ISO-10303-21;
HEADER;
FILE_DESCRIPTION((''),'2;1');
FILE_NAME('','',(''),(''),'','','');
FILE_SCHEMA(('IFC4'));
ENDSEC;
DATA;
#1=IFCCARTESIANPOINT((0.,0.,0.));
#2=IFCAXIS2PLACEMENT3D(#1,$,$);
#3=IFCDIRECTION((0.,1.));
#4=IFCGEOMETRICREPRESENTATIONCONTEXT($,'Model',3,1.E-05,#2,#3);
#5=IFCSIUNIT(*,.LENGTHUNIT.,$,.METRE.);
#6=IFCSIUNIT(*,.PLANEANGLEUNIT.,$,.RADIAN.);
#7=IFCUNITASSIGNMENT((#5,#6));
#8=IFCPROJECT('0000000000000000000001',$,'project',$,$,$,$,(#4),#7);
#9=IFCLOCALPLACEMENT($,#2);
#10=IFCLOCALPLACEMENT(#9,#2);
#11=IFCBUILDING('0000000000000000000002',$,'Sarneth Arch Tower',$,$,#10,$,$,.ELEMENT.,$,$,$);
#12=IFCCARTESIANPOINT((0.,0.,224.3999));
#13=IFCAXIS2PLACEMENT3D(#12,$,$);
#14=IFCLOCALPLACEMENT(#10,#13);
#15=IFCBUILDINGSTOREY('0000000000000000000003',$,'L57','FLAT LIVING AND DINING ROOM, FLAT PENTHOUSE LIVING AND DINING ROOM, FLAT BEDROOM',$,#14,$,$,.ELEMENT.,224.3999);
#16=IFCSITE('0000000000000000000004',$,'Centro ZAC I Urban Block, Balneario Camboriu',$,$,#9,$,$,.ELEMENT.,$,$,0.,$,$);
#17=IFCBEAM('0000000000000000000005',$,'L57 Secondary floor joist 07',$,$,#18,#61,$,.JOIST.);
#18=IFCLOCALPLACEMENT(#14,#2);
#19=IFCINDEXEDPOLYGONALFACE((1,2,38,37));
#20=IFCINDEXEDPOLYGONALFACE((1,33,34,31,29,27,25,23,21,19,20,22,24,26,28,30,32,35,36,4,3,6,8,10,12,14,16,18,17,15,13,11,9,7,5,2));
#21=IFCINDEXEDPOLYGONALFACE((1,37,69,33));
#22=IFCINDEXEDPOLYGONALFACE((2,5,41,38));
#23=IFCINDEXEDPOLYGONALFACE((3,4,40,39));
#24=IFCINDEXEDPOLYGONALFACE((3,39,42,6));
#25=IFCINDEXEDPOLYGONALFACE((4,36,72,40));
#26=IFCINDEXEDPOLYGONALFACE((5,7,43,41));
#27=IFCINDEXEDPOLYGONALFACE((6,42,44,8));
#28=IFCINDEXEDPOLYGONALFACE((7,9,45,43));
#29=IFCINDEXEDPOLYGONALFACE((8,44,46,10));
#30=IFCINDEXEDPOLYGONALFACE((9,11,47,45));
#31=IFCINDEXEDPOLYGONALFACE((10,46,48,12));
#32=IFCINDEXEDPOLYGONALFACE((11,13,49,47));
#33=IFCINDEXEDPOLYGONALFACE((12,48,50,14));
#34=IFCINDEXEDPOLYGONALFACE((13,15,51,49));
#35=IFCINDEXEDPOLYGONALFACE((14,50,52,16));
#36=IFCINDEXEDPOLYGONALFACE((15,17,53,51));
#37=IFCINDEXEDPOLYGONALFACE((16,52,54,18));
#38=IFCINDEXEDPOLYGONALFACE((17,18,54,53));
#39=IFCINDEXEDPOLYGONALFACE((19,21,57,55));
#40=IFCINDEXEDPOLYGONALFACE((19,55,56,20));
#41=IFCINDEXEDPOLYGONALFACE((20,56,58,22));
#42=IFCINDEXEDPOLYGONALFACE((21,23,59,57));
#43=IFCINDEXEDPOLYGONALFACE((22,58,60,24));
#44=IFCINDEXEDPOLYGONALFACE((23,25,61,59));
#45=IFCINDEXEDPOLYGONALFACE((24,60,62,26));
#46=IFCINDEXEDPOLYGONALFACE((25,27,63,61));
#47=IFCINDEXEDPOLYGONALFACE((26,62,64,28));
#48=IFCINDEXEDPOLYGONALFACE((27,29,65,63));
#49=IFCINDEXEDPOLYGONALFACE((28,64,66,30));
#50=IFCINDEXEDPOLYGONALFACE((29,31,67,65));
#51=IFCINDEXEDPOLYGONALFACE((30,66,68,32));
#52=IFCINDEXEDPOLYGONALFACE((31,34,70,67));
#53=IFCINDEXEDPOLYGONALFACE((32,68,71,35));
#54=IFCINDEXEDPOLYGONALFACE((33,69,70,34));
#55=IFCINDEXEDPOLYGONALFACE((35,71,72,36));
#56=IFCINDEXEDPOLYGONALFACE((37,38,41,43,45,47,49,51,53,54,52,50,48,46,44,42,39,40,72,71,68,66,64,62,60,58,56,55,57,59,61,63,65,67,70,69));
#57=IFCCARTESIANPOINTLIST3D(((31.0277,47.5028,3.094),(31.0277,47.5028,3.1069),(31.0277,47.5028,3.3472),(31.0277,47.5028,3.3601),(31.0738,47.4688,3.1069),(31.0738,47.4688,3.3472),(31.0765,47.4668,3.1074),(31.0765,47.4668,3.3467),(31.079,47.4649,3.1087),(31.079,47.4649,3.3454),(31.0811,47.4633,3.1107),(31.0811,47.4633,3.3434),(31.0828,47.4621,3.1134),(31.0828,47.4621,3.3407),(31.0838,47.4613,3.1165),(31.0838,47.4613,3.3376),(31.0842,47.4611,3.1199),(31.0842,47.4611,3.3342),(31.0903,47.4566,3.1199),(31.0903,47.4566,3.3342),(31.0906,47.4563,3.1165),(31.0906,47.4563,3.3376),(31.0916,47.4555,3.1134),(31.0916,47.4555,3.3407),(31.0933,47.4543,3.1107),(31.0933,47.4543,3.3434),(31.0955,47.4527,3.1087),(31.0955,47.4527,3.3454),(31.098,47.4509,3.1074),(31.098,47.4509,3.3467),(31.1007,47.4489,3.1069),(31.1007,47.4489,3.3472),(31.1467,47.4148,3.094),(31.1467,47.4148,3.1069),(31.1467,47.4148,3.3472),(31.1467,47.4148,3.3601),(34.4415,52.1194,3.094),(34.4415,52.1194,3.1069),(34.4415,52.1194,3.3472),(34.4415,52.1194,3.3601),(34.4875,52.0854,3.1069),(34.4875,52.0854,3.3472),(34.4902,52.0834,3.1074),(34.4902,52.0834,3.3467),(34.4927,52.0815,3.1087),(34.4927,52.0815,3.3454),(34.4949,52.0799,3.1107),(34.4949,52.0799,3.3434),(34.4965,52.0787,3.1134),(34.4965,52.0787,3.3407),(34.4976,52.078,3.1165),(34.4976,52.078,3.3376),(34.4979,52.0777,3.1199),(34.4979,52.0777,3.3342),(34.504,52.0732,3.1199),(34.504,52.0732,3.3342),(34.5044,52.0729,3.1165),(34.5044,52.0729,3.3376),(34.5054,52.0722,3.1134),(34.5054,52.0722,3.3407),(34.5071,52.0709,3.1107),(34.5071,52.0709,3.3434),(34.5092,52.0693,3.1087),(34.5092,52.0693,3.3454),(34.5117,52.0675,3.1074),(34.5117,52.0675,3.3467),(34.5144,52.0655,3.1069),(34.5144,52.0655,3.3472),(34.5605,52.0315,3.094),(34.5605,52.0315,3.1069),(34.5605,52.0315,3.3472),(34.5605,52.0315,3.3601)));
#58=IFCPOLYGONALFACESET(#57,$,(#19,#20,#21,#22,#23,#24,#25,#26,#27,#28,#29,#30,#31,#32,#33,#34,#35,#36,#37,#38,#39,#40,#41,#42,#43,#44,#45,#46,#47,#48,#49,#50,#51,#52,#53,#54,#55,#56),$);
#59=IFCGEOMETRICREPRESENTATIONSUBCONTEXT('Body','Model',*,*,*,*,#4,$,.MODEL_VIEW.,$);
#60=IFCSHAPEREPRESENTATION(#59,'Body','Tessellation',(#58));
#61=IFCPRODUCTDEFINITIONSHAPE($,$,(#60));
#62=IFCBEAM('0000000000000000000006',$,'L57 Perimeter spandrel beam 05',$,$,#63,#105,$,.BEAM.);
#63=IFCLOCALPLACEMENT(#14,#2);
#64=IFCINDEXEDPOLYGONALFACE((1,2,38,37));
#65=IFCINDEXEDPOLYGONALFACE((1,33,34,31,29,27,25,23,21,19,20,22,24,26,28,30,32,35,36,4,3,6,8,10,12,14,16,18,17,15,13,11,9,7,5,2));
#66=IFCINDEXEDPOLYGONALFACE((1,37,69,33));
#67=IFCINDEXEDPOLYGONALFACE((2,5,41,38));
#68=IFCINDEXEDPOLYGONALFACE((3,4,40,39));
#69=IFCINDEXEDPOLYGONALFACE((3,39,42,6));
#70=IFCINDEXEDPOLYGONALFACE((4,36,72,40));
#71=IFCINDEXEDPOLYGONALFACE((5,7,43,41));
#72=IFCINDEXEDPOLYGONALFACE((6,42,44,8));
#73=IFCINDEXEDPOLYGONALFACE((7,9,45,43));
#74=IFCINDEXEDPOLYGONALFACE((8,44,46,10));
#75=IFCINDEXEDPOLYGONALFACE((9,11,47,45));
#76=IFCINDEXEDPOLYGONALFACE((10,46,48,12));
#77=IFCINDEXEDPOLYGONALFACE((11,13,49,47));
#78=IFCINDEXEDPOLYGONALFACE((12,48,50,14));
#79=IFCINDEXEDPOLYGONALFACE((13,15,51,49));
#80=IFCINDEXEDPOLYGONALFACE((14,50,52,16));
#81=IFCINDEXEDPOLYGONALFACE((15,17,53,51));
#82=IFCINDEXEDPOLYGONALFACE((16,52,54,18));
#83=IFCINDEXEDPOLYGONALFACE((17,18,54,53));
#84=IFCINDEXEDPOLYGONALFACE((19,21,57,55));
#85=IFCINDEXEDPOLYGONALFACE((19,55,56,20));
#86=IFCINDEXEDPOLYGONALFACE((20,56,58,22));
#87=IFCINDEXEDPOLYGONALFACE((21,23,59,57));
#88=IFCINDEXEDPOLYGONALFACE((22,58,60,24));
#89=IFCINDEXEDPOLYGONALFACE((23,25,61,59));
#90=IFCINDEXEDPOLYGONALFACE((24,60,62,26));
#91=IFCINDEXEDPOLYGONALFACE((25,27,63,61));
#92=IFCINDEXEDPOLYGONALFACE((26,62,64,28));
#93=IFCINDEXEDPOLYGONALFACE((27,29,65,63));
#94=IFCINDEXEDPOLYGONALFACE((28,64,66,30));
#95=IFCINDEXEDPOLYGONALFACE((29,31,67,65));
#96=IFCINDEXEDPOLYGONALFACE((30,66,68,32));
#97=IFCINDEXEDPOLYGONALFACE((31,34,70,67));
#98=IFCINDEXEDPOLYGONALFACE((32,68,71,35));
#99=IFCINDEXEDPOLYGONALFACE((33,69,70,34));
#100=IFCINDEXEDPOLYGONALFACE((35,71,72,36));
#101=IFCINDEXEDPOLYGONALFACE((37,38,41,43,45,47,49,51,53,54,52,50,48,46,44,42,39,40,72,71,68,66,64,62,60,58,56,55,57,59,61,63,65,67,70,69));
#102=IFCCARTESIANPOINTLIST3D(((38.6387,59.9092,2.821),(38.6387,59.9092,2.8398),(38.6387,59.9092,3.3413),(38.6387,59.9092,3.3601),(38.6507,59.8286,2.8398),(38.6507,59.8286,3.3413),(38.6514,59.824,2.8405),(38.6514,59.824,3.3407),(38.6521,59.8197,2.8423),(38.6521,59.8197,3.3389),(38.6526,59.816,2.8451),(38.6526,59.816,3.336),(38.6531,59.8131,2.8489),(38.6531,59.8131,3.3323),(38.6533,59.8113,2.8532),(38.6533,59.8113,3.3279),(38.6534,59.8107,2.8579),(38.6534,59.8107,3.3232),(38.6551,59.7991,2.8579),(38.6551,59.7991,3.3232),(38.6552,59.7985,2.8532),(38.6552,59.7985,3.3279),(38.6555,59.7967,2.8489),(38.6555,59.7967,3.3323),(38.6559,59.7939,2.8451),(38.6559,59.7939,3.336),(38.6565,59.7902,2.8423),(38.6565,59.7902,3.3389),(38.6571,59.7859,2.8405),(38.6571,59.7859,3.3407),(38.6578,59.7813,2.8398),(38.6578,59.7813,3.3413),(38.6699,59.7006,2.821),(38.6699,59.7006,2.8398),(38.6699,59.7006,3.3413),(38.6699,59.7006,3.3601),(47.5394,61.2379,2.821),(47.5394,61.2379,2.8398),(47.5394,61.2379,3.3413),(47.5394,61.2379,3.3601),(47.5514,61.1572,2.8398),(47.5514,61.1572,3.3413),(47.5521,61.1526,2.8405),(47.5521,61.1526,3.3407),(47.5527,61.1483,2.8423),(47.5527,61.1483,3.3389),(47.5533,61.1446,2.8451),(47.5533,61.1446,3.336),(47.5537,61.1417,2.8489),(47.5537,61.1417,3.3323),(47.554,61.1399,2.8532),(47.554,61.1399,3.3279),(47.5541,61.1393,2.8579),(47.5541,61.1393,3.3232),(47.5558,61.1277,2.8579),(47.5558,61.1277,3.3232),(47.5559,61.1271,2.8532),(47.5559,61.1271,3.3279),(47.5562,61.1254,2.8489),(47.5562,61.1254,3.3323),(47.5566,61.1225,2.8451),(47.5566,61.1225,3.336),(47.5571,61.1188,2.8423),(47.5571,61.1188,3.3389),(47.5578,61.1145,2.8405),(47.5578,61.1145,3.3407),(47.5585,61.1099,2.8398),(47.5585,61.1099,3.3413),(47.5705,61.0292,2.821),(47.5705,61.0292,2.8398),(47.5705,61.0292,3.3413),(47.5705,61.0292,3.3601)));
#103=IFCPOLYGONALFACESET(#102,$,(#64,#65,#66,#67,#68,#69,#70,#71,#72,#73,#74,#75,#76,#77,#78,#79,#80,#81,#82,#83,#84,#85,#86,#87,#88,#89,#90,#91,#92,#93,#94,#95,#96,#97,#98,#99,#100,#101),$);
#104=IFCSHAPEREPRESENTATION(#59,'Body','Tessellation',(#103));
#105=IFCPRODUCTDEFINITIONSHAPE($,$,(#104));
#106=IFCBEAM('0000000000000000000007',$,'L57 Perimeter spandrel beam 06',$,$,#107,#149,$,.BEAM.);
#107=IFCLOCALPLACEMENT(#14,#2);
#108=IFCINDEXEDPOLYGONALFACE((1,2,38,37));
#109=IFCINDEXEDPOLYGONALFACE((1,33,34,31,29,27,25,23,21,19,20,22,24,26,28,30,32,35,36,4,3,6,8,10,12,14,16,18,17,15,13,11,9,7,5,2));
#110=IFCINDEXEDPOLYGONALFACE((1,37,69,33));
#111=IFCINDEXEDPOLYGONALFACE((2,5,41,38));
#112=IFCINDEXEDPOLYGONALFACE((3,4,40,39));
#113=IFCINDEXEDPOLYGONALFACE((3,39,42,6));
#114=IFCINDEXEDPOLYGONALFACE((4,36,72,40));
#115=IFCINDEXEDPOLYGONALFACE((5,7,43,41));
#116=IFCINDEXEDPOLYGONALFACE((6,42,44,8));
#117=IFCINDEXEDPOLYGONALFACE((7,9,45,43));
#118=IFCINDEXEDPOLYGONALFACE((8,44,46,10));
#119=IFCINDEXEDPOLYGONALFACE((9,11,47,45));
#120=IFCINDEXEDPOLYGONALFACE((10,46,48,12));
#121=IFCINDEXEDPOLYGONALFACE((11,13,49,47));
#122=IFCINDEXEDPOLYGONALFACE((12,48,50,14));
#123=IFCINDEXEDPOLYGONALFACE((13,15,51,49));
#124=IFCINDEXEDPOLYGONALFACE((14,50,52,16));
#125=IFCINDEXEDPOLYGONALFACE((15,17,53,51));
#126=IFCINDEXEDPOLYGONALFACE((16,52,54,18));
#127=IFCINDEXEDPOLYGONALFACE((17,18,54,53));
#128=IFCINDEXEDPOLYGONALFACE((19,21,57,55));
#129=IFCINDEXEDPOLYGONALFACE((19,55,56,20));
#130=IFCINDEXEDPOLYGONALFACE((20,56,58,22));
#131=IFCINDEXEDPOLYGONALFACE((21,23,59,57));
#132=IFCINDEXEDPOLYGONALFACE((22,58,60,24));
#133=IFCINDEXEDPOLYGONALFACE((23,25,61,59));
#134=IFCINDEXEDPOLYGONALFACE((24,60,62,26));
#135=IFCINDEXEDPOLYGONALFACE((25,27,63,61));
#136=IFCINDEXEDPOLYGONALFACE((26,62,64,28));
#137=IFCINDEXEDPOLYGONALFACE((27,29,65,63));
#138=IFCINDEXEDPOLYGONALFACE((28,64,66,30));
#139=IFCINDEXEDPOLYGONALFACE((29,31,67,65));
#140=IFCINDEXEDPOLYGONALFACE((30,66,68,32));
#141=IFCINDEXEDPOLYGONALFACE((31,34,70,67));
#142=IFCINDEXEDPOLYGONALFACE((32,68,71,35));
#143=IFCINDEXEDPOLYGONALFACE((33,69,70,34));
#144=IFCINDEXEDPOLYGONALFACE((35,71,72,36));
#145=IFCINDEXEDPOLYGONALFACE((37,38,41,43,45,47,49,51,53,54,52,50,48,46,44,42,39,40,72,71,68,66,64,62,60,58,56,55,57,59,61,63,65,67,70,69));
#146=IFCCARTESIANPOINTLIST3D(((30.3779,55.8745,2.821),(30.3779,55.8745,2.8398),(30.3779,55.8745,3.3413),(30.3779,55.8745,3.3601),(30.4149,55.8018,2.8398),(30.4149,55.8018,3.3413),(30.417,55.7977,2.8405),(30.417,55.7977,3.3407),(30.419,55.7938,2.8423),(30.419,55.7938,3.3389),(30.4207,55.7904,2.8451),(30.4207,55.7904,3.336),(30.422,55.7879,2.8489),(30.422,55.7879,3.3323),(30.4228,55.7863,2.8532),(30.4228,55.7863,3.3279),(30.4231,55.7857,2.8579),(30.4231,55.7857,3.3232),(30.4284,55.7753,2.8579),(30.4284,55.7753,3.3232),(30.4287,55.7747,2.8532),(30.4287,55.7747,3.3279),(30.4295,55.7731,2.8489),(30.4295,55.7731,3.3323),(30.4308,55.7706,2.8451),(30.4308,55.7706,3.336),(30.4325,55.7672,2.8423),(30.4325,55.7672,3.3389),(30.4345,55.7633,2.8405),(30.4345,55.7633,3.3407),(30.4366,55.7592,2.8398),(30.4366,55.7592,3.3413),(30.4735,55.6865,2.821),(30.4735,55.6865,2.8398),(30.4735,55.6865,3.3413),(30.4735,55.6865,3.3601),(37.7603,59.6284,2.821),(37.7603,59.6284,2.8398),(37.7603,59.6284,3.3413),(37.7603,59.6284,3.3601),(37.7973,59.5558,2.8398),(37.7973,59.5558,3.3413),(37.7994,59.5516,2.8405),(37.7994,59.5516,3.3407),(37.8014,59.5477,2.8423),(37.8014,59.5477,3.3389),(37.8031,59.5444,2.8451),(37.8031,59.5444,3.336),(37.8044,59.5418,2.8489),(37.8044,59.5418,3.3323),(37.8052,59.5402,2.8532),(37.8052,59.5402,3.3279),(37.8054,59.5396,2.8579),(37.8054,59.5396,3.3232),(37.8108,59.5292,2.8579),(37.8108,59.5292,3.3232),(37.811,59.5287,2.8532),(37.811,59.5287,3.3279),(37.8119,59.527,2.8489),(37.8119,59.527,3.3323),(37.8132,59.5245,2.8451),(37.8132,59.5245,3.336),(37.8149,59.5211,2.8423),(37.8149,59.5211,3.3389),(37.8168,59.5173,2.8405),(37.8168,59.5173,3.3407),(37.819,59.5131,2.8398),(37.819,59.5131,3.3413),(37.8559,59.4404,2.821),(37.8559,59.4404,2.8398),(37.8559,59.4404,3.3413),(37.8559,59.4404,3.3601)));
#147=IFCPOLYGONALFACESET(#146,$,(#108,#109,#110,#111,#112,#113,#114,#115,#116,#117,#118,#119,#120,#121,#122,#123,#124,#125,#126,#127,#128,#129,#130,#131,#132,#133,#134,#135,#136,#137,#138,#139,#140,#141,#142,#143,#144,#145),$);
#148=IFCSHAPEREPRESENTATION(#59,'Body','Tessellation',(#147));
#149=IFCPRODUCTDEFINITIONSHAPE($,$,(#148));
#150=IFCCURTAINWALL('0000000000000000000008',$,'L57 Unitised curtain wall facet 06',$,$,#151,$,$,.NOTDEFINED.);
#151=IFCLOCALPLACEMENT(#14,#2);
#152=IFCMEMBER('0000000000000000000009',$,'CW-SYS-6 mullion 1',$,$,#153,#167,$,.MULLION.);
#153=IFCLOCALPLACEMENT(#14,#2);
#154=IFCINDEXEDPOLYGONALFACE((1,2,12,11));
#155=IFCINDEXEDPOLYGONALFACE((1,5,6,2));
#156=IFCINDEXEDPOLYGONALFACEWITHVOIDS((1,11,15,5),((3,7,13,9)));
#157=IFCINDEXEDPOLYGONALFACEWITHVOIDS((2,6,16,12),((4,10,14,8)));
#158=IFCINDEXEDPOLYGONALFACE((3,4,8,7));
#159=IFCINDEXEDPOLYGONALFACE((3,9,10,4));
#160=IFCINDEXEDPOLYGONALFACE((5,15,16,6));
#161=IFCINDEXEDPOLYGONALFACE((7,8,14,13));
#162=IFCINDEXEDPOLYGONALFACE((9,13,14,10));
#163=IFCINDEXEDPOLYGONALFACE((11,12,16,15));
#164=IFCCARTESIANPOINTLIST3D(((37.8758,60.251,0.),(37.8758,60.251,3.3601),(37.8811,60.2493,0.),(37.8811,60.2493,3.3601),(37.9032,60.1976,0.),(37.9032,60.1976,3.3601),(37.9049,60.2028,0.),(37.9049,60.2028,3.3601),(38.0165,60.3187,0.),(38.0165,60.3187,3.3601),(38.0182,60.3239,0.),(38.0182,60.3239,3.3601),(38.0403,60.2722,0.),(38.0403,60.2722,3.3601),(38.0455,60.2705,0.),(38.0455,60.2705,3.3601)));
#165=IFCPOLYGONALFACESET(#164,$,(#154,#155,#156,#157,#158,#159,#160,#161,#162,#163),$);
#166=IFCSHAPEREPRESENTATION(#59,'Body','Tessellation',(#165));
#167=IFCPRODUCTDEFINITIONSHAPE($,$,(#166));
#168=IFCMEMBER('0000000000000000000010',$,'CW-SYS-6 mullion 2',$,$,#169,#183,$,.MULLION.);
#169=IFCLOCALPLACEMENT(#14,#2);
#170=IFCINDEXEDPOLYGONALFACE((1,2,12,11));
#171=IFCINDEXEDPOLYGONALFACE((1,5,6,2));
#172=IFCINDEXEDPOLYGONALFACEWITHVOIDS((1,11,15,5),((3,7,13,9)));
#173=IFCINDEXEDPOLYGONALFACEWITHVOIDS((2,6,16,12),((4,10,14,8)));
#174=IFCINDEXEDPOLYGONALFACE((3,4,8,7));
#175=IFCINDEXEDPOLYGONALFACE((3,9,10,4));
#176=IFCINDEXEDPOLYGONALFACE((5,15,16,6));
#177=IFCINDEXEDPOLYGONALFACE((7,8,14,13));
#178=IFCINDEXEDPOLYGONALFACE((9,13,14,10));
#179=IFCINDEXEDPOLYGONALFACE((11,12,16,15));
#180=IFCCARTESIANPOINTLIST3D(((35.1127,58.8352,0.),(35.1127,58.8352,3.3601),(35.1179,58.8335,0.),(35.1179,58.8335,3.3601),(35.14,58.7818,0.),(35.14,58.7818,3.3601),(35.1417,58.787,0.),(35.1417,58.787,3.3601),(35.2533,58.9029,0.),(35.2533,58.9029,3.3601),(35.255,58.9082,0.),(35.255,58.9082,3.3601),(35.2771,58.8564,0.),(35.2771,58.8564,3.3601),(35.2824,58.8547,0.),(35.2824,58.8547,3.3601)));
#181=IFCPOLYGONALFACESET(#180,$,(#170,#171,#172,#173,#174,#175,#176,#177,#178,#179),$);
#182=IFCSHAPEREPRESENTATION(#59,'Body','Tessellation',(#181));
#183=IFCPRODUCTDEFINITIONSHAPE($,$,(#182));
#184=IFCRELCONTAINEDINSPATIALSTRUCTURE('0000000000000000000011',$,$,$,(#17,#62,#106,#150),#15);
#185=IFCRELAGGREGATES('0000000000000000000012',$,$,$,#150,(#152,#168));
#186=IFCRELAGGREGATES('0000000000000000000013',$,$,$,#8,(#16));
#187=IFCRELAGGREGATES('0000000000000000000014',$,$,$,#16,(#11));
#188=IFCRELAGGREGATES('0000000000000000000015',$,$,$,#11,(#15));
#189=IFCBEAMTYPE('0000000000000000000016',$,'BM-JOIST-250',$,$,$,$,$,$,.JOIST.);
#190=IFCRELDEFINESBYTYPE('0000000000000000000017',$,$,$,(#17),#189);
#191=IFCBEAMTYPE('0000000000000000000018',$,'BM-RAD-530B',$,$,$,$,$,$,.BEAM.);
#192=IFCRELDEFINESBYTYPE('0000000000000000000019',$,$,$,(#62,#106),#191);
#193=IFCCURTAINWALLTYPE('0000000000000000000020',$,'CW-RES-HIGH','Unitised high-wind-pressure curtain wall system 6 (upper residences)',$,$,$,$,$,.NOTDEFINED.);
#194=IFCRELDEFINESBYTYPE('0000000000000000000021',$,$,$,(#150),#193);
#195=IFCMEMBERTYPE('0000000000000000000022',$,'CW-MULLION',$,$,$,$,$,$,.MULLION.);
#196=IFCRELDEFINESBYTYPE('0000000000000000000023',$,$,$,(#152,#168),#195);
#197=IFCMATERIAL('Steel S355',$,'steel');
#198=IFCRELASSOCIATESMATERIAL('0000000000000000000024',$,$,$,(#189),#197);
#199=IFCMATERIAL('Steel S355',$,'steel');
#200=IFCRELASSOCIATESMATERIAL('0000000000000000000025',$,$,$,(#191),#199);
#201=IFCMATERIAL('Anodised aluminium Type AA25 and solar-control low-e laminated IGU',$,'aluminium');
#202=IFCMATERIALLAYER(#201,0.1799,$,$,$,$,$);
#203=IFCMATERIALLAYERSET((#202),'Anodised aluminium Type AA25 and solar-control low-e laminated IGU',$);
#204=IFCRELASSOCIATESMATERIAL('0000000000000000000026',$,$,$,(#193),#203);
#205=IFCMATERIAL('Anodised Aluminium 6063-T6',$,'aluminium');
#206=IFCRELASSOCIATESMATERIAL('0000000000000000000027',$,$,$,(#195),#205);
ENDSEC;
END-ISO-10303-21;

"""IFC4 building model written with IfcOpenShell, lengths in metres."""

from ifc_helpers import new_model, si_unit, direction, frame, origin, origin_2d, place, context, subcontext, project, spatial, hollow_rectangle, i_section, extrude, material, layer, layer_set, material_profile, profile_set, type_object, element, aggregate, save


model = new_model("IFC4")

# Units and contexts
model_context = context("Model", 3, precision=1e-05, world=origin(), true_north=direction((0.0, 1.0)))
body_context = subcontext(model_context, "Body", "Model", "MODEL_VIEW")
ifc_project = project(units=[si_unit("LENGTHUNIT", "METRE"), si_unit("PLANEANGLEUNIT", "RADIAN")], contexts=[model_context])

# Site, building, storey
site_placement = place(None, origin())
site = spatial("IfcSite", under=ifc_project, at=site_placement, Name="Centro ZAC I Urban Block, Balneario Camboriu", CompositionType="ELEMENT", RefElevation=0.0)
building_placement = place(site_placement, origin())
building = spatial("IfcBuilding", under=site, at=building_placement, Name="Sarneth Arch Tower", CompositionType="ELEMENT")
storey_placement = place(building_placement, frame((0.0, 0.0, 224.3999)))
storey = spatial("IfcBuildingStorey", under=building, at=storey_placement, Name="L57", Description="FLAT LIVING AND DINING ROOM, FLAT PENTHOUSE LIVING AND DINING ROOM, FLAT BEDROOM", CompositionType="ELEMENT", Elevation=224.3999)

# Beams
ifc_material_1 = material(Name="Steel S355", Category="steel")
ifc_material_profile_1 = material_profile(ifc_material_1, i_section(OverallWidth=0.1479, OverallDepth=0.2661, WebThickness=0.0076, FlangeThickness=0.0129, FilletRadius=0.0129, at=origin_2d()), Name="W250x44.8")
ifc_profile_set_1 = profile_set([ifc_material_profile_1], Name="Steel S355")
beam_type_1 = type_object("IfcBeamType", Name="BM-JOIST-250", PredefinedType="JOIST", material=ifc_profile_set_1)
beam_1_placement = place(storey_placement, frame((34.501, 52.0754, 3.2271), z_axis=(-0.594557, -0.804053, 0.0), x_axis=(0.804053, -0.594557, 0.0)))
element("IfcBeam", 1, at=beam_1_placement, inside=storey, type_object=beam_type_1, Name="L57 Secondary floor joist 07", PredefinedType="JOIST", context=body_context, shape_type="SweptSolid", body=[
    extrude(i_section(OverallWidth=0.1479, OverallDepth=0.2661, WebThickness=0.0076, FlangeThickness=0.0129, FilletRadius=0.0129, at=origin_2d()), origin(), (0.0, 0.0, 1.0), 5.7417),
])
ifc_material_2 = material(Name="Steel S355", Category="steel")
ifc_material_profile_2 = material_profile(ifc_material_2, i_section(OverallWidth=0.2109, OverallDepth=0.5391, WebThickness=0.0117, FlangeThickness=0.0188, FilletRadius=0.0181, at=origin_2d()), Name="W530x109")
ifc_profile_set_2 = profile_set([ifc_material_profile_2], Name="Steel S355")
beam_type_2 = type_object("IfcBeamType", Name="BM-RAD-530B", PredefinedType="BEAM", material=ifc_profile_set_2)
beam_2_placement = place(storey_placement, frame((47.5549, 61.1335, 3.0906), z_axis=(-0.989042, -0.147636, 0.0), x_axis=(0.147636, -0.989042, 0.0)))
element("IfcBeam", 2, at=beam_2_placement, inside=storey, type_object=beam_type_2, Name="L57 Perimeter spandrel beam 05", PredefinedType="BEAM", context=body_context, shape_type="SweptSolid", body=[
    extrude(i_section(OverallWidth=0.2109, OverallDepth=0.5391, WebThickness=0.0117, FlangeThickness=0.0188, FilletRadius=0.0181, at=origin_2d()), origin(), (0.0, 0.0, 1.0), 8.9993),
])
beam_3_placement = place(storey_placement, frame((37.8081, 59.5344, 3.0906), z_axis=(-0.891376, -0.453264, 0.0), x_axis=(0.453264, -0.891376, 0.0)))
element("IfcBeam", 3, at=beam_3_placement, inside=storey, type_object=beam_type_2, Name="L57 Perimeter spandrel beam 06", PredefinedType="BEAM", context=body_context, shape_type="SweptSolid", body=[
    extrude(i_section(OverallWidth=0.2109, OverallDepth=0.5391, WebThickness=0.0117, FlangeThickness=0.0188, FilletRadius=0.0181, at=origin_2d()), origin(), (0.0, 0.0, 1.0), 8.282),
])

# Curtain wall, members
ifc_material_3 = material(Name="Anodised aluminium Type AA25 and solar-control low-e laminated IGU", Category="aluminium")
ifc_layer_1 = layer(ifc_material_3, 0.1799)
ifc_layer_set_1 = layer_set([ifc_layer_1], Name="Anodised aluminium Type AA25 and solar-control low-e laminated IGU")
curtain_wall_type = type_object("IfcCurtainWallType", Name="CW-RES-HIGH", Description="Unitised high-wind-pressure curtain wall system 6 (upper residences)", PredefinedType="NOTDEFINED", material=ifc_layer_set_1)
curtain_wall_placement = place(storey_placement, origin())
curtain_wall = element("IfcCurtainWall", 4, at=curtain_wall_placement, inside=storey, type_object=curtain_wall_type, Name="L57 Unitised curtain wall facet 06", PredefinedType="NOTDEFINED")
ifc_material_4 = material(Name="Anodised Aluminium 6063-T6", Category="aluminium")
ifc_material_profile_3 = material_profile(ifc_material_4, hollow_rectangle(XDim=0.0601, YDim=0.1599, WallThickness=0.0039, at=origin_2d()), Name="AL-MULL-160x60x4")
ifc_profile_set_3 = profile_set([ifc_material_profile_3], Name="Anodised Aluminium 6063-T6")
member_type_1 = type_object("IfcMemberType", Name="CW-MULLION", PredefinedType="MULLION", material=ifc_profile_set_3)
member_1_placement = place(storey_placement, frame((37.9607, 60.2607, 0.0), z_axis=(0.0, 0.0, 1.0), x_axis=(0.455942, -0.89001, 0.0)))
member_1 = element("IfcMember", 5, at=member_1_placement, type_object=member_type_1, Name="CW-SYS-6 mullion 1", PredefinedType="MULLION", context=body_context, shape_type="SweptSolid", body=[
    extrude(hollow_rectangle(XDim=0.0601, YDim=0.1599, WallThickness=0.0039, at=origin_2d()), origin(), (0.0, 0.0, 1.0), 3.3601),
])
member_2_placement = place(storey_placement, frame((35.1975, 58.845, 0.0), z_axis=(0.0, 0.0, 1.0), x_axis=(0.455942, -0.89001, 0.0)))
member_2 = element("IfcMember", 6, at=member_2_placement, type_object=member_type_1, Name="CW-SYS-6 mullion 2", PredefinedType="MULLION", context=body_context, shape_type="SweptSolid", body=[
    extrude(hollow_rectangle(XDim=0.0601, YDim=0.1599, WallThickness=0.0039, at=origin_2d()), origin(), (0.0, 0.0, 1.0), 3.3601),
])
aggregate(curtain_wall, [member_1, member_2])

save(model, "model.ifc")
